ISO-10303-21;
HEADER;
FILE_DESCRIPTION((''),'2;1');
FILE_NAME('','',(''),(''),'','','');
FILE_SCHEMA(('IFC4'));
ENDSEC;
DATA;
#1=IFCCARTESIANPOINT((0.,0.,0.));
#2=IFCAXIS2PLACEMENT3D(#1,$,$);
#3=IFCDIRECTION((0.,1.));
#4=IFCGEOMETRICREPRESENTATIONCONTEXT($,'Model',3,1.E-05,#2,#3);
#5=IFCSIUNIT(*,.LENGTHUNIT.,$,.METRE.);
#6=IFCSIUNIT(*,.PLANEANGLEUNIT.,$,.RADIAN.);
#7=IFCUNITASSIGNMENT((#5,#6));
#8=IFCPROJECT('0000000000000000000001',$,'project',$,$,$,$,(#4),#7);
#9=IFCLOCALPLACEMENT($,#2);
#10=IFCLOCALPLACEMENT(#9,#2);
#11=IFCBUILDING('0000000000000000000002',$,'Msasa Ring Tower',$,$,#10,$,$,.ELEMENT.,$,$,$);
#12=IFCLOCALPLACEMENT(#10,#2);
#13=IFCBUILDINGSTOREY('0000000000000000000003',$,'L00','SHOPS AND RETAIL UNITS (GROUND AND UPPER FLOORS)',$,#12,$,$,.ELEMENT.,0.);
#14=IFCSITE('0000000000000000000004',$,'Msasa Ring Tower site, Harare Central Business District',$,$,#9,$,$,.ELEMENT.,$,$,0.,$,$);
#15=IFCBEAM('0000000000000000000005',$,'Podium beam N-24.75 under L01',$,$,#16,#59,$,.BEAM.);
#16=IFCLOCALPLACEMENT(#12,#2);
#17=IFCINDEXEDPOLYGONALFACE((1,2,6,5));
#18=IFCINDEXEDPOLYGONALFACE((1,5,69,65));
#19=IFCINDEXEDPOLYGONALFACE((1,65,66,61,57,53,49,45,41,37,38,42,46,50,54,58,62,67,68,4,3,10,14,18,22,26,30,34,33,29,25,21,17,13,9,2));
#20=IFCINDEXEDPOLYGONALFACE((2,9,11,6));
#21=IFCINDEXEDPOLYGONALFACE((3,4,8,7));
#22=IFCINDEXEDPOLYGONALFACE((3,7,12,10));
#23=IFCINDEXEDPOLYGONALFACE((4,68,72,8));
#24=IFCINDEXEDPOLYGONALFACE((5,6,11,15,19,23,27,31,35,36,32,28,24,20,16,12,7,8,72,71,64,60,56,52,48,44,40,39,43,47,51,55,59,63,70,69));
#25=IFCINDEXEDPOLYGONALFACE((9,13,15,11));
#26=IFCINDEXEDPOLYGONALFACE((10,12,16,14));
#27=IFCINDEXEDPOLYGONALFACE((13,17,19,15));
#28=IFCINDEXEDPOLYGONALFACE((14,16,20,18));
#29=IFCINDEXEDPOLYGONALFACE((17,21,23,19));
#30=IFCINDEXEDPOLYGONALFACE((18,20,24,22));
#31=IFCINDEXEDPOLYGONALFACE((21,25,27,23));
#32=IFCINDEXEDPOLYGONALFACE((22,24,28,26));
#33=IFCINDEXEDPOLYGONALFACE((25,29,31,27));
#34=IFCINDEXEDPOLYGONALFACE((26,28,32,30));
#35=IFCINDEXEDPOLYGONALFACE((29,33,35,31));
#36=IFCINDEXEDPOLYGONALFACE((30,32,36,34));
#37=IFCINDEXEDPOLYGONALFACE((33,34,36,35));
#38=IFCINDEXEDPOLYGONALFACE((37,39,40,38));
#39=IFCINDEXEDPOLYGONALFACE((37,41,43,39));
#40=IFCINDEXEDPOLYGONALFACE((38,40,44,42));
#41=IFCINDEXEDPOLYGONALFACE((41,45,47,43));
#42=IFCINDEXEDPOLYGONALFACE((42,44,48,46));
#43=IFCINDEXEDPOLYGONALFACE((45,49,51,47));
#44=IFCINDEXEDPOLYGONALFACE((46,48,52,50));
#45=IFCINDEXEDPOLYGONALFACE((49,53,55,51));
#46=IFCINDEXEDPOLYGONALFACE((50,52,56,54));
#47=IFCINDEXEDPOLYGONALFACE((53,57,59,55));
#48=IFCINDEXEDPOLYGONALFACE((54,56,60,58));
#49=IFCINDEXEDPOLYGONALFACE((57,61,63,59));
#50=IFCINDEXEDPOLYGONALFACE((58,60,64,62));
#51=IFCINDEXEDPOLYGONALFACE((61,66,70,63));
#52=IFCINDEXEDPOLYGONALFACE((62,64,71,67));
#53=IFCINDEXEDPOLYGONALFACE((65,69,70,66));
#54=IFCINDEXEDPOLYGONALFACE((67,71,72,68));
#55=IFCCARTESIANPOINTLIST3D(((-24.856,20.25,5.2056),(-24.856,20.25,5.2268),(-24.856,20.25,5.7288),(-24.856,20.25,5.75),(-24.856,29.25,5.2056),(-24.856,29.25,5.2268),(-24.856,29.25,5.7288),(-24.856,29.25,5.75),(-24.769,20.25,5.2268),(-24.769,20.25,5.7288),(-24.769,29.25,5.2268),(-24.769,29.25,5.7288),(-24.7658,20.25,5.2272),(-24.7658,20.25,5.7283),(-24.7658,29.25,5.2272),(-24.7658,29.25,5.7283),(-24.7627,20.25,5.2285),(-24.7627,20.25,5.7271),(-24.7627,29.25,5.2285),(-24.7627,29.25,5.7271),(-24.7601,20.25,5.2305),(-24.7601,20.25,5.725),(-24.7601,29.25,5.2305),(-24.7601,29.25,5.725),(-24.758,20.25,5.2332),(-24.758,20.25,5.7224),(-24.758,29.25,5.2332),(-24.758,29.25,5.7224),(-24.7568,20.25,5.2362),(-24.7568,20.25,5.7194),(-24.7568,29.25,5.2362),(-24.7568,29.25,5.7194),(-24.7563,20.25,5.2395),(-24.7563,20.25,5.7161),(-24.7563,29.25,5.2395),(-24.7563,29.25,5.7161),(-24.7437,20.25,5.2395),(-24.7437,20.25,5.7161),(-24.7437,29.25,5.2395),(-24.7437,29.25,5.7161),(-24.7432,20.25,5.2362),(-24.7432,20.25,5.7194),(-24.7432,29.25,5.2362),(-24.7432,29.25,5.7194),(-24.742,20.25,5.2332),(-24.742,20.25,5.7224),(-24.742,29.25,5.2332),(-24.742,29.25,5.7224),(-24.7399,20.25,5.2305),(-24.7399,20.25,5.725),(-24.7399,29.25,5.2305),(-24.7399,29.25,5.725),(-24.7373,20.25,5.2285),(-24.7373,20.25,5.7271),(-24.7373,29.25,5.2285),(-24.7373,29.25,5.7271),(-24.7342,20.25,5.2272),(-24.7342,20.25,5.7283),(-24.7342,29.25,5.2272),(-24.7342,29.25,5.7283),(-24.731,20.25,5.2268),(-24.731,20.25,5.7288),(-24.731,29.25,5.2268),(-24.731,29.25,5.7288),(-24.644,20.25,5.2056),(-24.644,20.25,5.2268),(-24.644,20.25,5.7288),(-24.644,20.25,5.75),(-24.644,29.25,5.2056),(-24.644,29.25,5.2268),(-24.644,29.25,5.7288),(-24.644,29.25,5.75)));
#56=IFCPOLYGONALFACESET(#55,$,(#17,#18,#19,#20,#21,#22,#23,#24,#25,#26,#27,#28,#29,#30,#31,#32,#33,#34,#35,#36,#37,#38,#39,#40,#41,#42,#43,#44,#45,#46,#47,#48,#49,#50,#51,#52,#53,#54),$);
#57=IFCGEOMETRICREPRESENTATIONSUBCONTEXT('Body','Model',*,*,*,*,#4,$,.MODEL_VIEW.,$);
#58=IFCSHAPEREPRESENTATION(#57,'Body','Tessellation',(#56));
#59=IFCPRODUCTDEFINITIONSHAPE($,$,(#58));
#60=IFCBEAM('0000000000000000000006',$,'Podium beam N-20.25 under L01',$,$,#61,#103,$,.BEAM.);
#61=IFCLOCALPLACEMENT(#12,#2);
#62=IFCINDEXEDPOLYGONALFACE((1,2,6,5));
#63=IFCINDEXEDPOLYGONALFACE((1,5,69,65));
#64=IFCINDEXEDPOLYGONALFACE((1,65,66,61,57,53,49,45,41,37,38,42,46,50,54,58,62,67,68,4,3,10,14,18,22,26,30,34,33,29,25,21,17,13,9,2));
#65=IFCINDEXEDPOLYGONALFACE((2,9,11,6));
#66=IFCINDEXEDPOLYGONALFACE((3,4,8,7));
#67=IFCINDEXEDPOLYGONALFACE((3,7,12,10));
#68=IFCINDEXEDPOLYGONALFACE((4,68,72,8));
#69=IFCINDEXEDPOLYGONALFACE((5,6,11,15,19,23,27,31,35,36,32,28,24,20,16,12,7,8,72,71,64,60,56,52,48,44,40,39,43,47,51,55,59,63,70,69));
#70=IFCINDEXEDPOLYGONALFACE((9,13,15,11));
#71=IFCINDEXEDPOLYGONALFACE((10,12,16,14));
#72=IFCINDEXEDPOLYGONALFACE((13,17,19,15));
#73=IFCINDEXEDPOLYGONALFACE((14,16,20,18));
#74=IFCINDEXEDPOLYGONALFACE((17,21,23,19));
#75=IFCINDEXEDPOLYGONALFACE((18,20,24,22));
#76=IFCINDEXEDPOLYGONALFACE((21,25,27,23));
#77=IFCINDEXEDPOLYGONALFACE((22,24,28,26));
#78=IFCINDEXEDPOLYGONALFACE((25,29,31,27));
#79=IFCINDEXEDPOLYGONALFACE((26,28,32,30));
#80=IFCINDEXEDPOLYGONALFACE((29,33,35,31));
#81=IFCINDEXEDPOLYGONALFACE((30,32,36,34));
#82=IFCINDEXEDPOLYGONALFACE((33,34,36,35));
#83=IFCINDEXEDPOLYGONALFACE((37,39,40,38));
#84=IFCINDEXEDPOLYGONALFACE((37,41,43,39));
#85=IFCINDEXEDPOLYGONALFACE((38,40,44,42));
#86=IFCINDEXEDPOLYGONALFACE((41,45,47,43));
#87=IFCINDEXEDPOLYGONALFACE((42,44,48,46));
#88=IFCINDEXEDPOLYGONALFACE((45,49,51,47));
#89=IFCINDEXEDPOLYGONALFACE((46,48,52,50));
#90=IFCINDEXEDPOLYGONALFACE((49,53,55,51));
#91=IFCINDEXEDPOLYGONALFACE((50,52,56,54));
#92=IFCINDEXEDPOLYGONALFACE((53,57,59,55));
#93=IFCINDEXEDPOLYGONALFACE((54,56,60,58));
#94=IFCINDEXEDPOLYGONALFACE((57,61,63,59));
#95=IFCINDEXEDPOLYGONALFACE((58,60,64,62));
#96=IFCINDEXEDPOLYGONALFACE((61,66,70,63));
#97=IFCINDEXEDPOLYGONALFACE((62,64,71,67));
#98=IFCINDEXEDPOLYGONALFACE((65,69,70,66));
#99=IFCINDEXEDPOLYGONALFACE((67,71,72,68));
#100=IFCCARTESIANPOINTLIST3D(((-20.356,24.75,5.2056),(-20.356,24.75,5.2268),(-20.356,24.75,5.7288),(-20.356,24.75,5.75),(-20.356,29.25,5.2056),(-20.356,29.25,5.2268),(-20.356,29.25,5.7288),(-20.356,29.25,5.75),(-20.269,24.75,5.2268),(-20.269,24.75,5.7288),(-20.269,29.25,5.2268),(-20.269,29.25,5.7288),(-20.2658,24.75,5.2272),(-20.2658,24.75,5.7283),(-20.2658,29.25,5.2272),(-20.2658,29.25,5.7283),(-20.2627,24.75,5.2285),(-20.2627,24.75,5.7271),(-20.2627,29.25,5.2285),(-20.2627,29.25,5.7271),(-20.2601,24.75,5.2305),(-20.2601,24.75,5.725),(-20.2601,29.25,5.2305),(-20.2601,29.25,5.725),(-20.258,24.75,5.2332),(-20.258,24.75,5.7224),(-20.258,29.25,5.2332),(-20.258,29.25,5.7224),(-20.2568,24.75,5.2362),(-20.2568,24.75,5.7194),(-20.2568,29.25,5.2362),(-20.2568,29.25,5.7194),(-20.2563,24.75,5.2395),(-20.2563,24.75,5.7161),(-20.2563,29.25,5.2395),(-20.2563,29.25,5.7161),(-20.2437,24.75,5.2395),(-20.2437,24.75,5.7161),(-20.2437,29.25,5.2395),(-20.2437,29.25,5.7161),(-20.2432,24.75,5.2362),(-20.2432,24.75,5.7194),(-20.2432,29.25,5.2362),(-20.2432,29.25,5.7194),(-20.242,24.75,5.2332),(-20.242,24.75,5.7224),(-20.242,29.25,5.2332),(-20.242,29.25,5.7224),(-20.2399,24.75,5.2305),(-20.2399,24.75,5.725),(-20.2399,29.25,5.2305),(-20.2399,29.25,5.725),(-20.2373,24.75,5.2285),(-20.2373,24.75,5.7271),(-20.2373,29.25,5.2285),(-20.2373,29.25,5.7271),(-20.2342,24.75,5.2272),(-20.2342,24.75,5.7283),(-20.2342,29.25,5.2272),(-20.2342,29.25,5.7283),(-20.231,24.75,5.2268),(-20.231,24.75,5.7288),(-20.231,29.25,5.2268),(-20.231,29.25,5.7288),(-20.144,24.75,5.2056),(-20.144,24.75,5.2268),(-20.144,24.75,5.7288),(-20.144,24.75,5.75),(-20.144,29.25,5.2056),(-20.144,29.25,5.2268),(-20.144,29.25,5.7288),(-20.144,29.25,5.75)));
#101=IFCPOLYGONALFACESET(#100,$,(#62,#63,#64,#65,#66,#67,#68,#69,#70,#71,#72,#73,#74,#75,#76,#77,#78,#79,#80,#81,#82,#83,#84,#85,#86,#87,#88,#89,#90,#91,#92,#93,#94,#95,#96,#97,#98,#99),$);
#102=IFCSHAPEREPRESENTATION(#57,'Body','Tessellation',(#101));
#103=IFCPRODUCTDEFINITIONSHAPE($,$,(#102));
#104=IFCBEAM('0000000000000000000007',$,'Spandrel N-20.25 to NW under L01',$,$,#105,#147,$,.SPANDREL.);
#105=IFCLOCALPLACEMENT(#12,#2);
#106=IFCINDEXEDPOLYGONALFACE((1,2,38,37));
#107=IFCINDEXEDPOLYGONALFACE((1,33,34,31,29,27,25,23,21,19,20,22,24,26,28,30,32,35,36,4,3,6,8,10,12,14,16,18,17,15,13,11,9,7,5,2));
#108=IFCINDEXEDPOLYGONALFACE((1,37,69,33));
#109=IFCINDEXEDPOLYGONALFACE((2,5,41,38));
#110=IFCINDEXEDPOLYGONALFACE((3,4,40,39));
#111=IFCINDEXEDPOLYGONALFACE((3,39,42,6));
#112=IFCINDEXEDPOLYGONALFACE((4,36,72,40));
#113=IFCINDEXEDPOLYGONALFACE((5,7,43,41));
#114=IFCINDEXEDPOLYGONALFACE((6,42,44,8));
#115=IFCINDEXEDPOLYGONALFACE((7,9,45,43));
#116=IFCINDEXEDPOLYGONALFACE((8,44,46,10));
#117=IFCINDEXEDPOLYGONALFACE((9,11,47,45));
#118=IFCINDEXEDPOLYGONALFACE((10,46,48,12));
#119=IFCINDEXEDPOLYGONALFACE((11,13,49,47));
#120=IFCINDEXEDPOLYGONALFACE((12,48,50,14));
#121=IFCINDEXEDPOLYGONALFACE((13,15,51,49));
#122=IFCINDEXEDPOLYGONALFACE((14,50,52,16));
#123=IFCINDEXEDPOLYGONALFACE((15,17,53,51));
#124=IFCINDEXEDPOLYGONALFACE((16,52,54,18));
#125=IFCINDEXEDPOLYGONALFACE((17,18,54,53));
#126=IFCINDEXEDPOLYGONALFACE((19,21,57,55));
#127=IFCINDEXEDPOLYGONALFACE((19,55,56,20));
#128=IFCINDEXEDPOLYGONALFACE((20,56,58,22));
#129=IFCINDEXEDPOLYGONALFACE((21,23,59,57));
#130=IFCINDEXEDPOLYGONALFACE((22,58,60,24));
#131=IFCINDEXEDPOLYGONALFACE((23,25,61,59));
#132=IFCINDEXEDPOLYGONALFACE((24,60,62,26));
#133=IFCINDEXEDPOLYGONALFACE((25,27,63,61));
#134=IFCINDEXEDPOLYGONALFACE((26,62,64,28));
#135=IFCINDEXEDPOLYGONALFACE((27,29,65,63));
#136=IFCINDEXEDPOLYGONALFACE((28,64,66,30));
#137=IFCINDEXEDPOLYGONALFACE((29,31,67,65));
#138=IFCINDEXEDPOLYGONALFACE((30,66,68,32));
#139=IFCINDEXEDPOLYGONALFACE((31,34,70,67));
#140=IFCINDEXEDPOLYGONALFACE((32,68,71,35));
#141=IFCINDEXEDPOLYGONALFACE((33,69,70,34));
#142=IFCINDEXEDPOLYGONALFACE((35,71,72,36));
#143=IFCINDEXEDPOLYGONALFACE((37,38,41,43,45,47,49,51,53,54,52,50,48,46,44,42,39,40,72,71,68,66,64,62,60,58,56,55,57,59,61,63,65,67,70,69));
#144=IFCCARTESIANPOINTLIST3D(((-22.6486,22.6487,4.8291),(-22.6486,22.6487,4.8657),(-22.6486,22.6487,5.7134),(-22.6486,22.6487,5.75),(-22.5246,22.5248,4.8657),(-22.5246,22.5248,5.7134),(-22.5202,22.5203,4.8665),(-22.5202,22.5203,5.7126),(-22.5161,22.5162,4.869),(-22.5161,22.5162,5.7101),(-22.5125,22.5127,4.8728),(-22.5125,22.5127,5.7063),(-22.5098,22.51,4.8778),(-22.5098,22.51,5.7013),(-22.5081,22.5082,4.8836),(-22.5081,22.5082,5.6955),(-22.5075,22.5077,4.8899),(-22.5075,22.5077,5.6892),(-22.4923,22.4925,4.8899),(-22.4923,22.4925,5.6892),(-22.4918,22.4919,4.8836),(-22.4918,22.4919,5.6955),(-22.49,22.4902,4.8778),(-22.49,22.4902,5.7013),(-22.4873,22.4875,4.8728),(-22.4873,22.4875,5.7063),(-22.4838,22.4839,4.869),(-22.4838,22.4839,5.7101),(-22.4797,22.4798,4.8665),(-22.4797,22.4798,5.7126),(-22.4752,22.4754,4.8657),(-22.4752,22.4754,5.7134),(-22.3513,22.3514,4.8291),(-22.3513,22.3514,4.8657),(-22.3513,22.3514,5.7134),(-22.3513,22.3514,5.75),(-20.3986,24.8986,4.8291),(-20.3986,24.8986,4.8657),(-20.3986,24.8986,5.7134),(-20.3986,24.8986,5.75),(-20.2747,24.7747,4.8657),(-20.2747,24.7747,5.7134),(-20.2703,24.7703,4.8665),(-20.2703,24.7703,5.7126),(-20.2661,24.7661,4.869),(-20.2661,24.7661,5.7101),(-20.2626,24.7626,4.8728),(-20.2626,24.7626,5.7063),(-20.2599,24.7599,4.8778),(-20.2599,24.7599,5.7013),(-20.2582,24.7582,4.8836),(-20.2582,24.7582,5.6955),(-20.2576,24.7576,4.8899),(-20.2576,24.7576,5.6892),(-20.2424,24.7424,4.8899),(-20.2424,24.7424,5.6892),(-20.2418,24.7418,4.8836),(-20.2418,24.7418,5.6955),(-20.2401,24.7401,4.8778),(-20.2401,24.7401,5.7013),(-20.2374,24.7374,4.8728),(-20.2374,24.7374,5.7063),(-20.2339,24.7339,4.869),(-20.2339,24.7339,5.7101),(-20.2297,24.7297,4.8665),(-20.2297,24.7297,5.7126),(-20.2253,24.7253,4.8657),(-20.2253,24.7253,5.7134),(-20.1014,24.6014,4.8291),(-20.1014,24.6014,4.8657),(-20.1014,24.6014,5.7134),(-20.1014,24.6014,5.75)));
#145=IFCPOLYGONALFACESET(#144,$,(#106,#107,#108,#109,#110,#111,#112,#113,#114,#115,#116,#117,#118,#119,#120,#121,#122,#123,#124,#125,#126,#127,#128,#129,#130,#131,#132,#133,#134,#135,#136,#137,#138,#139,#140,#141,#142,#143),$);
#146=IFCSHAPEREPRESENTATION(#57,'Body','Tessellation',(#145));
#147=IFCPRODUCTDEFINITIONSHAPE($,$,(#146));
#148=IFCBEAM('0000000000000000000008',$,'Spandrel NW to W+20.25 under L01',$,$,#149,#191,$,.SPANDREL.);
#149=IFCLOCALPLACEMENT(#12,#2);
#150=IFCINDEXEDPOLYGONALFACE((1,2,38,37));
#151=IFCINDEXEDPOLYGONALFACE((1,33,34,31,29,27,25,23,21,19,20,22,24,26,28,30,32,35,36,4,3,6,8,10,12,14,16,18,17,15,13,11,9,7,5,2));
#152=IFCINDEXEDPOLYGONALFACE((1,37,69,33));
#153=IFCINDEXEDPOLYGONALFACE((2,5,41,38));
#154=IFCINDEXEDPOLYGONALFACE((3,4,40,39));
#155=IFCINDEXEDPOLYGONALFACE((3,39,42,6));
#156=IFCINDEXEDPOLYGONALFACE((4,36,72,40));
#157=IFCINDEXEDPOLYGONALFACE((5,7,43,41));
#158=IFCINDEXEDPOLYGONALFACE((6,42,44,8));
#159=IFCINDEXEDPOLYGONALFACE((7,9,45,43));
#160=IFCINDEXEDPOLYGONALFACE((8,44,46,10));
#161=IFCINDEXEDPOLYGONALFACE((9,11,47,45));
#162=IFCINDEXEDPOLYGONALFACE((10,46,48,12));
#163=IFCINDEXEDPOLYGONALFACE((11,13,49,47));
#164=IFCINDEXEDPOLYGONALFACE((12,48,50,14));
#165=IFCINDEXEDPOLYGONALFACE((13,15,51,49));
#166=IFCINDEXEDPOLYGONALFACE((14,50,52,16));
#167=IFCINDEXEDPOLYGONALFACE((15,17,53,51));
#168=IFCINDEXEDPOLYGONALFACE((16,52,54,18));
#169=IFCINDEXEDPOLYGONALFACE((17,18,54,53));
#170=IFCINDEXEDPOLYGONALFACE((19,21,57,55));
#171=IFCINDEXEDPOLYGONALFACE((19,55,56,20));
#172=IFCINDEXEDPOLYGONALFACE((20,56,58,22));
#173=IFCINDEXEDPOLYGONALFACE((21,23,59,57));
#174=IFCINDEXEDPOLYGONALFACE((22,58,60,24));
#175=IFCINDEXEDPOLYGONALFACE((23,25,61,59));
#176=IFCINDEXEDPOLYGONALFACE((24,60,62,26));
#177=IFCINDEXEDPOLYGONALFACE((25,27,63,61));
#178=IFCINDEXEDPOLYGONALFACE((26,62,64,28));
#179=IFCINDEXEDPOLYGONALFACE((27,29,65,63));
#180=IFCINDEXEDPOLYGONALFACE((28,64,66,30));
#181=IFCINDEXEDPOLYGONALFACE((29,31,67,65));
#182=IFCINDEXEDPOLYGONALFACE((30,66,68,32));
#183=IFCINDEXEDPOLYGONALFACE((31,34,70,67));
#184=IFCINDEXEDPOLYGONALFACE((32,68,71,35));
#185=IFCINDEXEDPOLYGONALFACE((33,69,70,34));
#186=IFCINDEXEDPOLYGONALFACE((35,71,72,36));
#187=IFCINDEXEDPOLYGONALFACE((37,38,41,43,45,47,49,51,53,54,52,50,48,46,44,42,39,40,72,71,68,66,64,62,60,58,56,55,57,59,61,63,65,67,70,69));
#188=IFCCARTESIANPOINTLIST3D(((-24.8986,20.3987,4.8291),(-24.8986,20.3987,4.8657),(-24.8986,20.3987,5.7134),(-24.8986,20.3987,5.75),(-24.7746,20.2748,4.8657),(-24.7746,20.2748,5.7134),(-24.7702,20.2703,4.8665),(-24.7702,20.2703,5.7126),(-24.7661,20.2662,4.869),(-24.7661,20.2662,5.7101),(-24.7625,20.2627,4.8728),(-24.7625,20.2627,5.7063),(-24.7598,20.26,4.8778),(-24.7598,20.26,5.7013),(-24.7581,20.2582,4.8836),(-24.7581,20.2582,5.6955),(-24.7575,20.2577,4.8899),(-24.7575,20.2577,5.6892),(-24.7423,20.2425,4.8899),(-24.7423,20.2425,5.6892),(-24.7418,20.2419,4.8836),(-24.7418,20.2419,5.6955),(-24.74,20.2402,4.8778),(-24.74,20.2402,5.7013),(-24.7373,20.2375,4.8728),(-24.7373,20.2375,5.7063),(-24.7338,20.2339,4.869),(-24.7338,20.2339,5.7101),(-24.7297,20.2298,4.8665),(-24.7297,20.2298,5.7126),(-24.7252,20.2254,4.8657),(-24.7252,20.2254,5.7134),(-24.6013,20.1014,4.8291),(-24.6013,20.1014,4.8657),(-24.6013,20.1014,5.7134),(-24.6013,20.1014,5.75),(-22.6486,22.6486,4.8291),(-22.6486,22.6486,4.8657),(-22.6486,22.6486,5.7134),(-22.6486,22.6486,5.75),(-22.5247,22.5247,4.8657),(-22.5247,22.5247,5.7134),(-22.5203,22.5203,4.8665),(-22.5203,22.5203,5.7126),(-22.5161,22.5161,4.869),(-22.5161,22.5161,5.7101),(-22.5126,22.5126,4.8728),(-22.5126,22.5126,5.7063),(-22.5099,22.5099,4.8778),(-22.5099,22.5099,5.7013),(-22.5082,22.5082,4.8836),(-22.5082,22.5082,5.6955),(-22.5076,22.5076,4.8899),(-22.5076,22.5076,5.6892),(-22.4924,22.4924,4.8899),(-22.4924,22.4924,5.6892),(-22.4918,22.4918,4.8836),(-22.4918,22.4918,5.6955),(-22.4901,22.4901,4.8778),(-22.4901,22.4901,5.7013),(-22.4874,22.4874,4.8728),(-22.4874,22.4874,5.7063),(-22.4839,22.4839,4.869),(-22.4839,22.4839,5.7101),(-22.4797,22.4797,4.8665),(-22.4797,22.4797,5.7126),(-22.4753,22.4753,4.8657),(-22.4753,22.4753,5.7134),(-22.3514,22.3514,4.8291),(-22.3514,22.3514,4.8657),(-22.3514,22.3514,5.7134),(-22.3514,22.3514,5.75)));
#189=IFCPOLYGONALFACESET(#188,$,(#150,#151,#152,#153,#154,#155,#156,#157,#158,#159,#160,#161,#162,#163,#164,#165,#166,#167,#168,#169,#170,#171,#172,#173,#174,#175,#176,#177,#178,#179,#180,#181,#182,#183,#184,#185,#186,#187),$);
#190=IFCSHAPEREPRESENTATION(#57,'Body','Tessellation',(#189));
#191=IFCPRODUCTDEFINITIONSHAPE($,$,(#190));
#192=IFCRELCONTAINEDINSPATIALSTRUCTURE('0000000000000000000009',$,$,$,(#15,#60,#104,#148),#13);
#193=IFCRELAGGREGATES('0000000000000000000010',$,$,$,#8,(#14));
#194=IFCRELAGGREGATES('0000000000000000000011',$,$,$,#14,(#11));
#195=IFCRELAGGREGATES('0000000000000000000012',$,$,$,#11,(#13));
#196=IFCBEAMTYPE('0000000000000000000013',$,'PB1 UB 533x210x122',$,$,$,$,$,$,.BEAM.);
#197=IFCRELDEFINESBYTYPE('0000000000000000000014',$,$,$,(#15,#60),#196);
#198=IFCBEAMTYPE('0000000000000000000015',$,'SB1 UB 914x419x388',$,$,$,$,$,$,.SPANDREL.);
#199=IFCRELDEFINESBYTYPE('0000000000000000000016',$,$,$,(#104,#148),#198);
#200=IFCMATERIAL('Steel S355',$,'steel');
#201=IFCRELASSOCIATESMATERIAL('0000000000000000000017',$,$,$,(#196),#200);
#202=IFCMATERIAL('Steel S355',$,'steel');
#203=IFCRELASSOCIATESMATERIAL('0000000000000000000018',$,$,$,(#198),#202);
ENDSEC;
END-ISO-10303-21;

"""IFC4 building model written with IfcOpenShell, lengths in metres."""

from ifc_helpers import new_model, si_unit, direction, frame, origin, origin_2d, place, context, subcontext, project, spatial, i_section, extrude, material, material_profile, profile_set, type_object, element, save


model = new_model("IFC4")

# Units and contexts
model_context = context("Model", 3, precision=1e-05, world=origin(), true_north=direction((0.0, 1.0)))
body_context = subcontext(model_context, "Body", "Model", "MODEL_VIEW")
ifc_project = project(units=[si_unit("LENGTHUNIT", "METRE"), si_unit("PLANEANGLEUNIT", "RADIAN")], contexts=[model_context])

# Site, building, storey
site_placement = place(None, origin())
site = spatial("IfcSite", under=ifc_project, at=site_placement, Name="Msasa Ring Tower site, Harare Central Business District", CompositionType="ELEMENT", RefElevation=0.0)
building_placement = place(site_placement, origin())
building = spatial("IfcBuilding", under=site, at=building_placement, Name="Msasa Ring Tower", CompositionType="ELEMENT")
storey_placement = place(building_placement, origin())
storey = spatial("IfcBuildingStorey", under=building, at=storey_placement, Name="L00", Description="SHOPS AND RETAIL UNITS (GROUND AND UPPER FLOORS)", CompositionType="ELEMENT", Elevation=0.0)

# Beams
ifc_material_1 = material(Name="Steel S355", Category="steel")
ifc_material_profile_1 = material_profile(ifc_material_1, i_section(OverallWidth=0.2119, OverallDepth=0.5444, WebThickness=0.0127, FlangeThickness=0.0212, FilletRadius=0.0127, at=origin_2d()), Name="UB 533x210x122")
ifc_profile_set_1 = profile_set([ifc_material_profile_1], Name="Steel S355")
beam_type_1 = type_object("IfcBeamType", Name="PB1 UB 533x210x122", PredefinedType="BEAM", material=ifc_profile_set_1)
beam_1_placement = place(storey_placement, frame((-24.75, 29.25, 5.4778), z_axis=(0.0, -1.0, 0.0), x_axis=(1.0, 0.0, 0.0)))
element("IfcBeam", 1, at=beam_1_placement, inside=storey, type_object=beam_type_1, Name="Podium beam N-24.75 under L01", PredefinedType="BEAM", context=body_context, shape_type="SweptSolid", body=[
    extrude(i_section(OverallWidth=0.2119, OverallDepth=0.5444, WebThickness=0.0127, FlangeThickness=0.0212, FilletRadius=0.0127, at=origin_2d()), origin(), (0.0, 0.0, 1.0), 9.0),
])
beam_2_placement = place(storey_placement, frame((-20.25, 29.25, 5.4778), z_axis=(0.0, -1.0, 0.0), x_axis=(1.0, 0.0, 0.0)))
element("IfcBeam", 2, at=beam_2_placement, inside=storey, type_object=beam_type_1, Name="Podium beam N-20.25 under L01", PredefinedType="BEAM", context=body_context, shape_type="SweptSolid", body=[
    extrude(i_section(OverallWidth=0.2119, OverallDepth=0.5444, WebThickness=0.0127, FlangeThickness=0.0212, FilletRadius=0.0127, at=origin_2d()), origin(), (0.0, 0.0, 1.0), 4.5),
])
ifc_material_2 = material(Name="Steel S355", Category="steel")
ifc_material_profile_2 = material_profile(ifc_material_2, i_section(OverallWidth=0.4204, OverallDepth=0.9209, WebThickness=0.0215, FlangeThickness=0.0366, FilletRadius=0.0242, at=origin_2d()), Name="UB 914x419x388")
ifc_profile_set_2 = profile_set([ifc_material_profile_2], Name="Steel S355")
beam_type_2 = type_object("IfcBeamType", Name="SB1 UB 914x419x388", PredefinedType="SPANDREL", material=ifc_profile_set_2)
for number, where, z_axis, x_axis, name in (
    (3, (-20.25, 24.75, 5.2896), (-0.707107, -0.707107, 0.0), (0.707107, -0.707107, 0.0), "Spandrel N-20.25 to NW under L01"),
    (4, (-22.5, 22.5, 5.2896), (-0.707107, -0.707107, 0.0), (0.707107, -0.707107, 0.0), "Spandrel NW to W+20.25 under L01"),
):
    element("IfcBeam", number, at=place(storey_placement, frame(where, z_axis=z_axis, x_axis=x_axis)), inside=storey, type_object=beam_type_2, Name=name, PredefinedType="SPANDREL", context=body_context, shape_type="SweptSolid", body=[
        extrude(i_section(OverallWidth=0.4204, OverallDepth=0.9209, WebThickness=0.0215, FlangeThickness=0.0366, FilletRadius=0.0242, at=origin_2d()), origin(), (0.0, 0.0, 1.0), 3.1819),
    ])

save(model, "model.ifc")
